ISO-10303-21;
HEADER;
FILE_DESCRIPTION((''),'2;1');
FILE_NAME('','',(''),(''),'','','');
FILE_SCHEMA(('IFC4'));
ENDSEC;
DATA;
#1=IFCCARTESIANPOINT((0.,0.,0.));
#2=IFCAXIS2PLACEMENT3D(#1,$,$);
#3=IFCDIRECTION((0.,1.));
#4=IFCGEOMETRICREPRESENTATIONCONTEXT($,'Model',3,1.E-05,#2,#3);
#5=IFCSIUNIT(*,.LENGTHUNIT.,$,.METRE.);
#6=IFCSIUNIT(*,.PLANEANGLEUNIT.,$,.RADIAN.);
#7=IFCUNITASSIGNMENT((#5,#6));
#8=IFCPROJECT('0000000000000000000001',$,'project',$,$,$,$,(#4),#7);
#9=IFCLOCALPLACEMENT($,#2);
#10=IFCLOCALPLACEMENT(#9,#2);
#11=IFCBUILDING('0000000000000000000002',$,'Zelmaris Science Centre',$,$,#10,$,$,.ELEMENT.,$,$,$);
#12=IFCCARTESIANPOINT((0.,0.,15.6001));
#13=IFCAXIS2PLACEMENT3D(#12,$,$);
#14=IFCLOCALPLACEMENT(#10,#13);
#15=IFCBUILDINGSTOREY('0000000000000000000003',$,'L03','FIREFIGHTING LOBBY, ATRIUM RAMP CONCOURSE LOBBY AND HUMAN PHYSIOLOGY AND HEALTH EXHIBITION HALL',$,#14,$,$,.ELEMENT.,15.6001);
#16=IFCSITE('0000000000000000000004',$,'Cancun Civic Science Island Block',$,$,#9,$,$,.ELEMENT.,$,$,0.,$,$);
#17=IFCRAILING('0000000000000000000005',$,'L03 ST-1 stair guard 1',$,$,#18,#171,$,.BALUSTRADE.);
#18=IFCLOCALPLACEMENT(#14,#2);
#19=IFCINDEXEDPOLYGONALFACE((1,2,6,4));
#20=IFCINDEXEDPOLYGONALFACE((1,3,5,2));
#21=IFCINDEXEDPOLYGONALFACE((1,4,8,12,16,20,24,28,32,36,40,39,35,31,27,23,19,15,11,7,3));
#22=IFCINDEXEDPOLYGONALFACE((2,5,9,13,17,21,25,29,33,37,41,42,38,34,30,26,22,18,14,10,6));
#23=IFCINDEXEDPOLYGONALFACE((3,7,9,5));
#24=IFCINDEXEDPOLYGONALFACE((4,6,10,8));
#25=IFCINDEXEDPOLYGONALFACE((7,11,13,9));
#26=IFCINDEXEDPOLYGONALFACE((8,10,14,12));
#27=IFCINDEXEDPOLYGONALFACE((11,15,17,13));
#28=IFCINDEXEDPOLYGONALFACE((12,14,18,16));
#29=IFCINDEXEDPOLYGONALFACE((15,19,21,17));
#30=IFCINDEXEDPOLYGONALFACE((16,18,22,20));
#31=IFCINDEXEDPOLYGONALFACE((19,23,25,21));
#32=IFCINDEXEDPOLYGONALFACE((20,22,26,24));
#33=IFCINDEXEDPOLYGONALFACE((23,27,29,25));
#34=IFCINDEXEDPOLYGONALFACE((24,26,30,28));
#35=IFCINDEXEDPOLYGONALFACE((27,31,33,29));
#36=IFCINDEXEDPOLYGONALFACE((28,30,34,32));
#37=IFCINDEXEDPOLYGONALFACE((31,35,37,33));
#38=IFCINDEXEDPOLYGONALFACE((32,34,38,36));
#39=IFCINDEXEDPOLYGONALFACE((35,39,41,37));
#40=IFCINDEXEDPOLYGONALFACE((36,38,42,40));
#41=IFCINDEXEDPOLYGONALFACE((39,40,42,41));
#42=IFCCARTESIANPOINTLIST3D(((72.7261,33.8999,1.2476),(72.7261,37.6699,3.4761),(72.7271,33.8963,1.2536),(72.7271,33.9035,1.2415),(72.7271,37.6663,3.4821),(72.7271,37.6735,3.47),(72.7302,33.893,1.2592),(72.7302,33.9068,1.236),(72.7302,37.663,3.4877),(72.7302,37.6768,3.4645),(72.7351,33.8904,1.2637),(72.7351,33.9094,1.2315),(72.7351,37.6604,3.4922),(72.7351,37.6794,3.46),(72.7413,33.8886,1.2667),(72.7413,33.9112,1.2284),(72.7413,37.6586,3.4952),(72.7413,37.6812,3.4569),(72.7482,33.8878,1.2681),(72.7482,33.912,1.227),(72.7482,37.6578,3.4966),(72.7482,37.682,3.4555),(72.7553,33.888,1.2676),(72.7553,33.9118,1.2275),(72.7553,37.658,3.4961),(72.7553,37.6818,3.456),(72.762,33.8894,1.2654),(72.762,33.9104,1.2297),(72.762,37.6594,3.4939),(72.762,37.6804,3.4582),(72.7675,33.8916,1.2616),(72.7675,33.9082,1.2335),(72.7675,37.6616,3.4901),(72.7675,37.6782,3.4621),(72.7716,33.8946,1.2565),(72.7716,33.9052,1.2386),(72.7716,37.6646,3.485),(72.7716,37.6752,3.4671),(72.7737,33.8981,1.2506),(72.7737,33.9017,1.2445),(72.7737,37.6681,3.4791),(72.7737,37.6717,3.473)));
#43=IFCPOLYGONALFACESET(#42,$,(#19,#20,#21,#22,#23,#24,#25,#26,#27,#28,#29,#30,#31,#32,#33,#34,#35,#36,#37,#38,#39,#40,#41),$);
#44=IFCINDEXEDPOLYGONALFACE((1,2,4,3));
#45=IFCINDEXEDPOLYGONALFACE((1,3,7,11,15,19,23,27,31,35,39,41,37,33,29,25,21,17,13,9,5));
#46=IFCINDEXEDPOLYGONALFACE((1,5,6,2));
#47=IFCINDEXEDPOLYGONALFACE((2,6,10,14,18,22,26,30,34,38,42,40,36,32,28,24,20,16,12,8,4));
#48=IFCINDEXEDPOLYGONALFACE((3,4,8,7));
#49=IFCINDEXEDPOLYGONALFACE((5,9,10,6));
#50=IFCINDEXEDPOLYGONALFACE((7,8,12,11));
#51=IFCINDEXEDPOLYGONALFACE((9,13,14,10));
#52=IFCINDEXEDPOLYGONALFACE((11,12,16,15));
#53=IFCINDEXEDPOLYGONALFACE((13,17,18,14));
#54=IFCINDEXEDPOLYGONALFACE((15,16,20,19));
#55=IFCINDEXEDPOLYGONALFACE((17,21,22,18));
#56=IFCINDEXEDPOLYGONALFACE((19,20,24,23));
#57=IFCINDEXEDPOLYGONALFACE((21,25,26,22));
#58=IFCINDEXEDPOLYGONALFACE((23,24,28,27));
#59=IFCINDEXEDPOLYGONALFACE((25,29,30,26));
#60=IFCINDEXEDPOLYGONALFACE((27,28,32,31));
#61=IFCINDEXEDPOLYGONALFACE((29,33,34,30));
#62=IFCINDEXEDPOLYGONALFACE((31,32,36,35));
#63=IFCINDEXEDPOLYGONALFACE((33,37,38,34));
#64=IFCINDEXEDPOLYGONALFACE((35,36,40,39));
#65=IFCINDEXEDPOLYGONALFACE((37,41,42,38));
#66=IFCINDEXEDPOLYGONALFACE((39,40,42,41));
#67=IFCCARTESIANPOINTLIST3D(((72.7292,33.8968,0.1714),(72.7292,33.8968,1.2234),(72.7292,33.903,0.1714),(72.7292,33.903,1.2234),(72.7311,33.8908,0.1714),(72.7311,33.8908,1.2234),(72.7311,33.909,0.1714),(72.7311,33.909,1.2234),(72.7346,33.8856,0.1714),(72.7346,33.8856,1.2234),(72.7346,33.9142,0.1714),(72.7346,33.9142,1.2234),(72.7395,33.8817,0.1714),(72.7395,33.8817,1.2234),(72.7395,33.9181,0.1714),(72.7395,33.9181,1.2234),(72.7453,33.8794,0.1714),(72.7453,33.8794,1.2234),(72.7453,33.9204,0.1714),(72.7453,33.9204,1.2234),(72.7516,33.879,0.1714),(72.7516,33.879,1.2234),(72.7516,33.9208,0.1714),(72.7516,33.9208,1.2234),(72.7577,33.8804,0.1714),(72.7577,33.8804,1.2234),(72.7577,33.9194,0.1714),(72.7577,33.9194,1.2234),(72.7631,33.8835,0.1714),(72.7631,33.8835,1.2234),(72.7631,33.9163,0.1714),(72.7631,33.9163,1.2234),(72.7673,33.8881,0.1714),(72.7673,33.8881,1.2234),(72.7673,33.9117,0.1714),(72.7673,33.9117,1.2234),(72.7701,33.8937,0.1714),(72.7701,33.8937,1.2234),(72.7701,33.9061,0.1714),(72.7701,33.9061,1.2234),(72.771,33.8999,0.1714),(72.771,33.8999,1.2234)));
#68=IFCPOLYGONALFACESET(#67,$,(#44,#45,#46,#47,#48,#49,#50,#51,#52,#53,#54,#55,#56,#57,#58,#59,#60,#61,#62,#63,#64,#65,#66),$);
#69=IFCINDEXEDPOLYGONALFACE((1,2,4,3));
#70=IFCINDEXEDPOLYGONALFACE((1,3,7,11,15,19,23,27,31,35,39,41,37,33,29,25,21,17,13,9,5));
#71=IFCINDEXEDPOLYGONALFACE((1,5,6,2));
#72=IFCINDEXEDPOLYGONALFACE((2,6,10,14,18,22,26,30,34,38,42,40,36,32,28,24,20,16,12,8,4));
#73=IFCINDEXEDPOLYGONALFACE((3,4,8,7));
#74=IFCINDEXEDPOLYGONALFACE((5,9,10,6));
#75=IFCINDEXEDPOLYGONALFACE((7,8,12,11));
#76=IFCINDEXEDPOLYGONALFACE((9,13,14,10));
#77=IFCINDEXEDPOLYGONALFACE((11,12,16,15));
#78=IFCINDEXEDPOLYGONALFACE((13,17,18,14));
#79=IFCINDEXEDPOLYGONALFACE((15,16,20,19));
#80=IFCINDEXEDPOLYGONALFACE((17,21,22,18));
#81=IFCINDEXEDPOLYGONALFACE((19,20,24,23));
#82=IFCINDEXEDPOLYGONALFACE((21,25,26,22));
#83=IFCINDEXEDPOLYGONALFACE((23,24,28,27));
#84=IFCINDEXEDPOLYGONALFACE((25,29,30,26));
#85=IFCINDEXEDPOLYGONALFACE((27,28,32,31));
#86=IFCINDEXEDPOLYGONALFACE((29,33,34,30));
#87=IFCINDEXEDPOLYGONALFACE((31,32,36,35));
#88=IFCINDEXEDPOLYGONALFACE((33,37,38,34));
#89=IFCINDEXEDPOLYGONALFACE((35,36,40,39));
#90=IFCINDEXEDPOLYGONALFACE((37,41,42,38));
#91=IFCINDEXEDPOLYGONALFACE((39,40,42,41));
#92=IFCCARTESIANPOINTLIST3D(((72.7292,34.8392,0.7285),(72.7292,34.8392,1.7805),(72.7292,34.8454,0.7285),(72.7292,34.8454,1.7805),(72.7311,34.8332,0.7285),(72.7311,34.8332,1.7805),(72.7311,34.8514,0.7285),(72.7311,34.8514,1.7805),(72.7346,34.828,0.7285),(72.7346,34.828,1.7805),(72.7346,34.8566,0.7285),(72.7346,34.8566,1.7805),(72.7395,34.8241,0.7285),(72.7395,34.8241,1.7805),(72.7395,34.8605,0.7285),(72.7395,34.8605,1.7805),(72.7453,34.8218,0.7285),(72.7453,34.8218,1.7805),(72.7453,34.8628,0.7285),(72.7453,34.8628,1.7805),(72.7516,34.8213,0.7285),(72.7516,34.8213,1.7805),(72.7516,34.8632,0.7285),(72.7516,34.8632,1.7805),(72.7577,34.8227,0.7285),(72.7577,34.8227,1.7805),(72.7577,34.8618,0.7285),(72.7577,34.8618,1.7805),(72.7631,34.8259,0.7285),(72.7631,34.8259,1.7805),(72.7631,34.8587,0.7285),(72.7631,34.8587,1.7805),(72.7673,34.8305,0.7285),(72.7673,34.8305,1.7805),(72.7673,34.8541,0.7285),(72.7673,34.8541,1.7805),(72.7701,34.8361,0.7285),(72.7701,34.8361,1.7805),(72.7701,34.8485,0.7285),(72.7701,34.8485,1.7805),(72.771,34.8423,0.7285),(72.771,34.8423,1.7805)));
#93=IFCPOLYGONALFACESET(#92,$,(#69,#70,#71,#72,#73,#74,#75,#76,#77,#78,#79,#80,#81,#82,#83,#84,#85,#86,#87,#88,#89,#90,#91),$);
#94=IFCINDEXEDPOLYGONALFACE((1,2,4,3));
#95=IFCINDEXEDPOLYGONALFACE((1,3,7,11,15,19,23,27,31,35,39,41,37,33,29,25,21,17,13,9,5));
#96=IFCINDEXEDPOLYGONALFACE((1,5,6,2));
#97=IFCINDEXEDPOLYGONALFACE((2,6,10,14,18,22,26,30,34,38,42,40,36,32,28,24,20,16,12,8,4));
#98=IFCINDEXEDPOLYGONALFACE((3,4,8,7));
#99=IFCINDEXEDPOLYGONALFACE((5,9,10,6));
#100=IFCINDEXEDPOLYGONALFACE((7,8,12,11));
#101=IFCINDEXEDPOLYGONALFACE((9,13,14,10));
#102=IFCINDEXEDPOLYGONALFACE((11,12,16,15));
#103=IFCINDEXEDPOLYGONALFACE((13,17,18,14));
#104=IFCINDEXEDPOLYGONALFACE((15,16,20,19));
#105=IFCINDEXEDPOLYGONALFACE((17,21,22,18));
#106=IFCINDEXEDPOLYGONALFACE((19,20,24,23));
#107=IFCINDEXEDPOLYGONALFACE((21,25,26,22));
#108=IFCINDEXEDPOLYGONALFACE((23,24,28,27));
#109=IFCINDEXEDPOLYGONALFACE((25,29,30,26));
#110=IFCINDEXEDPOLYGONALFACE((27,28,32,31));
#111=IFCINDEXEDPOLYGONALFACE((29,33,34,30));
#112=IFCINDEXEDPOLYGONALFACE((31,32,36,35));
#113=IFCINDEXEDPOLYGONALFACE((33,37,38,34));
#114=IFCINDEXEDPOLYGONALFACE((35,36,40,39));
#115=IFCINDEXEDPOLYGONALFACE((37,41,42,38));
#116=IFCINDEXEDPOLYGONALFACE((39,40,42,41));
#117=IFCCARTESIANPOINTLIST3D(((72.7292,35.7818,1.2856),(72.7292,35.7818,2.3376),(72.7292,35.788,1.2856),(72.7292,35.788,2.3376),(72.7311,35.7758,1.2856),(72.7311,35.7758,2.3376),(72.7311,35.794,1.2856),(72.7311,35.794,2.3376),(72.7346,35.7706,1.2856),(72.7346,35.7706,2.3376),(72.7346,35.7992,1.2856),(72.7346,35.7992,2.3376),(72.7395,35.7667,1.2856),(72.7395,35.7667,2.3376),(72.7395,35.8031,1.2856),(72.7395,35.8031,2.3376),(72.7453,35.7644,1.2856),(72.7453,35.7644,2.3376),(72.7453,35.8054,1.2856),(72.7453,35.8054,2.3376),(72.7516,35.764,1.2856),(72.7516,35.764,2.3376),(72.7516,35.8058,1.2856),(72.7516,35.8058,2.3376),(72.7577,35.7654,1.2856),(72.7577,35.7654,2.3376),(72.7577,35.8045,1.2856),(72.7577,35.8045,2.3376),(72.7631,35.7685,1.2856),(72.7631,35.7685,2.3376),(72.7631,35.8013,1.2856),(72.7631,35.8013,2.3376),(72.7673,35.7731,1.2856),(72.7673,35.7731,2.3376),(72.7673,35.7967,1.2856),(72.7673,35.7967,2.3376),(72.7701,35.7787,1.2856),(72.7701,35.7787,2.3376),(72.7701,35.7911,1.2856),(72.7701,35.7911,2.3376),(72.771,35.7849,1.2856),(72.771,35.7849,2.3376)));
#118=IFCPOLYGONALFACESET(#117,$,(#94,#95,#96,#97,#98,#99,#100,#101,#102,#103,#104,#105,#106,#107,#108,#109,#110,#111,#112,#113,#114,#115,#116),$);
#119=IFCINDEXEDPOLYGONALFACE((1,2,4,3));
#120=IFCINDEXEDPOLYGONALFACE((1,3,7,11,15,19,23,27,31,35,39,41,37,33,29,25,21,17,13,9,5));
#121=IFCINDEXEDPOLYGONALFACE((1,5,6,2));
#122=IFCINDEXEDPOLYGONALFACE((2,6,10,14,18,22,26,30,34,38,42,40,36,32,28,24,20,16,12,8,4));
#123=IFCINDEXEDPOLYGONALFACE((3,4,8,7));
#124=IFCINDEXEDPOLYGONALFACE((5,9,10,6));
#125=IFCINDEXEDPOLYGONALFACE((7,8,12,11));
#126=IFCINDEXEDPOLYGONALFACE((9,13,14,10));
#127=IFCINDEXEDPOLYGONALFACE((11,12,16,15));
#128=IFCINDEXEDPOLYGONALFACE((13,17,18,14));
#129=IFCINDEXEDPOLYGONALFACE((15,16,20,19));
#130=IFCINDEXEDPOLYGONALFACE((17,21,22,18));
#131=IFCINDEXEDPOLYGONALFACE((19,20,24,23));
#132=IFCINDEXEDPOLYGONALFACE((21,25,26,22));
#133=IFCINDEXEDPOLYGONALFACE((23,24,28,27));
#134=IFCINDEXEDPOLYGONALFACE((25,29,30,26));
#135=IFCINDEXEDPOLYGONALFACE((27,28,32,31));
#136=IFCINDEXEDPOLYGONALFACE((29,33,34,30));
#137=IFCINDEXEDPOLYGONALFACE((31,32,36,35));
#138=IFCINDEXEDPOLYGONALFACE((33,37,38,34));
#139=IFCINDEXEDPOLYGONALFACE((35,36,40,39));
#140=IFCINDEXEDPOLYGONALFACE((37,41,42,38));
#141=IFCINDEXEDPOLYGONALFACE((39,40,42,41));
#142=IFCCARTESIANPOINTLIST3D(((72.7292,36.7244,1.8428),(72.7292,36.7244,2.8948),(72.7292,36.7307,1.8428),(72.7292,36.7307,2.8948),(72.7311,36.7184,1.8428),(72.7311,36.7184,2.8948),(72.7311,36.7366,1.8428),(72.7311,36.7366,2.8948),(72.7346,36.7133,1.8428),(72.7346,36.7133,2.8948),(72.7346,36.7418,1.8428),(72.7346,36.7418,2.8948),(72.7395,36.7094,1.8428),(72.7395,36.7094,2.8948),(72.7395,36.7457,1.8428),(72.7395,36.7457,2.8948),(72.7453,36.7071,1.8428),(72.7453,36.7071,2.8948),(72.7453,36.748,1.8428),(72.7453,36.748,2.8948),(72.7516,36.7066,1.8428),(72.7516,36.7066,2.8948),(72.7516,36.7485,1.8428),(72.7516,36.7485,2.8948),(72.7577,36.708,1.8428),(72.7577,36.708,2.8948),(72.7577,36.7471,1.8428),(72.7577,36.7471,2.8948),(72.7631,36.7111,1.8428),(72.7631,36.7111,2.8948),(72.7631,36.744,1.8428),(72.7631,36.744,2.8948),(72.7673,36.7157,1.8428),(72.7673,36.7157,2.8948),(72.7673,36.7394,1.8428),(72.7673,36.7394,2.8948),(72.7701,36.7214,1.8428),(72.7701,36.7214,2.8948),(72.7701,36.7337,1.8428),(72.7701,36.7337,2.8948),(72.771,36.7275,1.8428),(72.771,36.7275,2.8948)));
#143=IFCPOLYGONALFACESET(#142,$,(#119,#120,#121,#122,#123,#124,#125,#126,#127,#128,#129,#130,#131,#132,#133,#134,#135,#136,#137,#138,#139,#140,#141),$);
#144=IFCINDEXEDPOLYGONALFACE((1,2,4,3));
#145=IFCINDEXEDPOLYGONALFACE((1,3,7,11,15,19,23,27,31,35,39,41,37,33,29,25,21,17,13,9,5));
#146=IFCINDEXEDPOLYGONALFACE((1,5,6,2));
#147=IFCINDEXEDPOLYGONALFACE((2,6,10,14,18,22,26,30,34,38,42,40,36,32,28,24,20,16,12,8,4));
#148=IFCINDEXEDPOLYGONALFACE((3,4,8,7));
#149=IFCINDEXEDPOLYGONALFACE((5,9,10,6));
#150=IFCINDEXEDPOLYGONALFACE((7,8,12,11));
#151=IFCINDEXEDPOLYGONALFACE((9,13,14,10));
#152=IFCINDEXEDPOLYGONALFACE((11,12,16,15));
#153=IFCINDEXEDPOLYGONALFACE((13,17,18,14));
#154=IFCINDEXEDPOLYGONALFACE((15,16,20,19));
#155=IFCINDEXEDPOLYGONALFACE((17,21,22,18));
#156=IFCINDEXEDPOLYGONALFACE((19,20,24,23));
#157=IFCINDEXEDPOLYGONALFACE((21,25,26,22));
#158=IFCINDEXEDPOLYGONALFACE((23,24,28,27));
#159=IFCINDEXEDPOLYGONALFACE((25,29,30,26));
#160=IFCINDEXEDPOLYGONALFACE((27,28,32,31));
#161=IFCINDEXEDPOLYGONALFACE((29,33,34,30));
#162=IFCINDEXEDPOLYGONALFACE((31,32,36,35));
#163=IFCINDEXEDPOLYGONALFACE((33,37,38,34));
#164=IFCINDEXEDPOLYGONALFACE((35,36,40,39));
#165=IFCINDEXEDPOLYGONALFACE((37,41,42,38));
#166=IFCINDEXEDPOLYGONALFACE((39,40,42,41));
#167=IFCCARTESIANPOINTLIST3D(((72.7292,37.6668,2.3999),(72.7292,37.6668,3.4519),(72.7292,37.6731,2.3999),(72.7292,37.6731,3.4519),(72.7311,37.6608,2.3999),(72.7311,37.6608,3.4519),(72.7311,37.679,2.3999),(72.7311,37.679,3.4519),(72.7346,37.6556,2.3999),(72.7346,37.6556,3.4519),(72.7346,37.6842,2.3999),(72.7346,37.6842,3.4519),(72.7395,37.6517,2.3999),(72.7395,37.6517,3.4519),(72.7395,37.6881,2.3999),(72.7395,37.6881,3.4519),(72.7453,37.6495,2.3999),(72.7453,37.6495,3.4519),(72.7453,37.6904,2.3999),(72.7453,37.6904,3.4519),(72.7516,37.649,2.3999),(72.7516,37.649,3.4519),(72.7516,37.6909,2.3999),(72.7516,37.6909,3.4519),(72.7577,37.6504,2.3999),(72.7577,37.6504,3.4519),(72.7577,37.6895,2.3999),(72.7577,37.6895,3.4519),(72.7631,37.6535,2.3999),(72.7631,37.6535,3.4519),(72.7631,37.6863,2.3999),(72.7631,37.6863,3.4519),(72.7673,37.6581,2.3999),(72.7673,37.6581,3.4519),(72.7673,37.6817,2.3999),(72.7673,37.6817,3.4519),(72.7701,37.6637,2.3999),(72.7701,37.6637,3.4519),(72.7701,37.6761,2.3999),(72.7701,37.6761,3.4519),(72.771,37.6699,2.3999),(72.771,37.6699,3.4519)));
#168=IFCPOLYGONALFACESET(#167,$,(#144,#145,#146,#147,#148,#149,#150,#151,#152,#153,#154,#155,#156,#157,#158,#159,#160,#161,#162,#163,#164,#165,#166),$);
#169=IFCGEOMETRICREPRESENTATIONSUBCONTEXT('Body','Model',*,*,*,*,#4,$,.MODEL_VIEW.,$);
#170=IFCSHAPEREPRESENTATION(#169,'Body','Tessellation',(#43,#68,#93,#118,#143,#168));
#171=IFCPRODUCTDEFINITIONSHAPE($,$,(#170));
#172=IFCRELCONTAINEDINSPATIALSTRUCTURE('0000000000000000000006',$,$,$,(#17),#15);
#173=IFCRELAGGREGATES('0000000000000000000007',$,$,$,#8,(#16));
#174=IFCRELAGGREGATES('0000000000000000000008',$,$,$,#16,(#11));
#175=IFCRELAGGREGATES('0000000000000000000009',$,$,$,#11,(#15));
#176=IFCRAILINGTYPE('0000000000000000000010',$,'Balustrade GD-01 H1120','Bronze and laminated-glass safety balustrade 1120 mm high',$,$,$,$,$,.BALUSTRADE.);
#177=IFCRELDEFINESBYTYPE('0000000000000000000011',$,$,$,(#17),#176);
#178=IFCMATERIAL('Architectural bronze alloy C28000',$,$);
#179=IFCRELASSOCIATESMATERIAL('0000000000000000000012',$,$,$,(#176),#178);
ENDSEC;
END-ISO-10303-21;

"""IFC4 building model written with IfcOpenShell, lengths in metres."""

from ifc_helpers import new_model, si_unit, direction, frame, origin, origin_2d, place, context, subcontext, project, spatial, circle, extrude, material, type_object, element, save


model = new_model("IFC4")

# Units and contexts
model_context = context("Model", 3, precision=1e-05, world=origin(), true_north=direction((0.0, 1.0)))
body_context = subcontext(model_context, "Body", "Model", "MODEL_VIEW")
ifc_project = project(units=[si_unit("LENGTHUNIT", "METRE"), si_unit("PLANEANGLEUNIT", "RADIAN")], contexts=[model_context])

# Site, building, storey
site_placement = place(None, origin())
site = spatial("IfcSite", under=ifc_project, at=site_placement, Name="Cancun Civic Science Island Block", CompositionType="ELEMENT", RefElevation=0.0)
building_placement = place(site_placement, origin())
building = spatial("IfcBuilding", under=site, at=building_placement, Name="Zelmaris Science Centre", CompositionType="ELEMENT")
storey_placement = place(building_placement, frame((0.0, 0.0, 15.6001)))
storey = spatial("IfcBuildingStorey", under=building, at=storey_placement, Name="L03", Description="FIREFIGHTING LOBBY, ATRIUM RAMP CONCOURSE LOBBY AND HUMAN PHYSIOLOGY AND HEALTH EXHIBITION HALL", CompositionType="ELEMENT", Elevation=15.6001)

# Railing
ifc_material_1 = material(Name="Architectural bronze alloy C28000")
railing_type_1 = type_object("IfcRailingType", Name="Balustrade GD-01 H1120", Description="Bronze and laminated-glass safety balustrade 1120 mm high", PredefinedType="BALUSTRADE", material=ifc_material_1)
railing_1_placement = place(storey_placement, frame((72.75, 33.8999, 0.1714)))
element("IfcRailing", 1, at=railing_1_placement, inside=storey, type_object=railing_type_1, Name="L03 ST-1 stair guard 1", PredefinedType="BALUSTRADE", context=body_context, shape_type="SweptSolid", body=[
    extrude(circle(Radius=0.0239, at=origin_2d()), frame((0.0, 0.0, 1.0762), z_axis=(0.0, 0.860849, 0.508861), x_axis=(-1.0, 0.0, 0.0)), (0.0, 0.0, 1.0), 4.3794),
    extrude(circle(Radius=0.021, at=origin_2d()), origin(), (0.0, 0.0, 1.0), 1.052),
    extrude(circle(Radius=0.021, at=origin_2d()), frame((0.0, 0.9424, 0.5571)), (0.0, 0.0, 1.0), 1.052),
    extrude(circle(Radius=0.021, at=origin_2d()), frame((0.0, 1.885, 1.1143)), (0.0, 0.0, 1.0), 1.052),
    extrude(circle(Radius=0.021, at=origin_2d()), frame((0.0, 2.8276, 1.6714)), (0.0, 0.0, 1.0), 1.052),
    extrude(circle(Radius=0.021, at=origin_2d()), frame((0.0, 3.77, 2.2285)), (0.0, 0.0, 1.0), 1.052),
])

save(model, "model.ifc")
